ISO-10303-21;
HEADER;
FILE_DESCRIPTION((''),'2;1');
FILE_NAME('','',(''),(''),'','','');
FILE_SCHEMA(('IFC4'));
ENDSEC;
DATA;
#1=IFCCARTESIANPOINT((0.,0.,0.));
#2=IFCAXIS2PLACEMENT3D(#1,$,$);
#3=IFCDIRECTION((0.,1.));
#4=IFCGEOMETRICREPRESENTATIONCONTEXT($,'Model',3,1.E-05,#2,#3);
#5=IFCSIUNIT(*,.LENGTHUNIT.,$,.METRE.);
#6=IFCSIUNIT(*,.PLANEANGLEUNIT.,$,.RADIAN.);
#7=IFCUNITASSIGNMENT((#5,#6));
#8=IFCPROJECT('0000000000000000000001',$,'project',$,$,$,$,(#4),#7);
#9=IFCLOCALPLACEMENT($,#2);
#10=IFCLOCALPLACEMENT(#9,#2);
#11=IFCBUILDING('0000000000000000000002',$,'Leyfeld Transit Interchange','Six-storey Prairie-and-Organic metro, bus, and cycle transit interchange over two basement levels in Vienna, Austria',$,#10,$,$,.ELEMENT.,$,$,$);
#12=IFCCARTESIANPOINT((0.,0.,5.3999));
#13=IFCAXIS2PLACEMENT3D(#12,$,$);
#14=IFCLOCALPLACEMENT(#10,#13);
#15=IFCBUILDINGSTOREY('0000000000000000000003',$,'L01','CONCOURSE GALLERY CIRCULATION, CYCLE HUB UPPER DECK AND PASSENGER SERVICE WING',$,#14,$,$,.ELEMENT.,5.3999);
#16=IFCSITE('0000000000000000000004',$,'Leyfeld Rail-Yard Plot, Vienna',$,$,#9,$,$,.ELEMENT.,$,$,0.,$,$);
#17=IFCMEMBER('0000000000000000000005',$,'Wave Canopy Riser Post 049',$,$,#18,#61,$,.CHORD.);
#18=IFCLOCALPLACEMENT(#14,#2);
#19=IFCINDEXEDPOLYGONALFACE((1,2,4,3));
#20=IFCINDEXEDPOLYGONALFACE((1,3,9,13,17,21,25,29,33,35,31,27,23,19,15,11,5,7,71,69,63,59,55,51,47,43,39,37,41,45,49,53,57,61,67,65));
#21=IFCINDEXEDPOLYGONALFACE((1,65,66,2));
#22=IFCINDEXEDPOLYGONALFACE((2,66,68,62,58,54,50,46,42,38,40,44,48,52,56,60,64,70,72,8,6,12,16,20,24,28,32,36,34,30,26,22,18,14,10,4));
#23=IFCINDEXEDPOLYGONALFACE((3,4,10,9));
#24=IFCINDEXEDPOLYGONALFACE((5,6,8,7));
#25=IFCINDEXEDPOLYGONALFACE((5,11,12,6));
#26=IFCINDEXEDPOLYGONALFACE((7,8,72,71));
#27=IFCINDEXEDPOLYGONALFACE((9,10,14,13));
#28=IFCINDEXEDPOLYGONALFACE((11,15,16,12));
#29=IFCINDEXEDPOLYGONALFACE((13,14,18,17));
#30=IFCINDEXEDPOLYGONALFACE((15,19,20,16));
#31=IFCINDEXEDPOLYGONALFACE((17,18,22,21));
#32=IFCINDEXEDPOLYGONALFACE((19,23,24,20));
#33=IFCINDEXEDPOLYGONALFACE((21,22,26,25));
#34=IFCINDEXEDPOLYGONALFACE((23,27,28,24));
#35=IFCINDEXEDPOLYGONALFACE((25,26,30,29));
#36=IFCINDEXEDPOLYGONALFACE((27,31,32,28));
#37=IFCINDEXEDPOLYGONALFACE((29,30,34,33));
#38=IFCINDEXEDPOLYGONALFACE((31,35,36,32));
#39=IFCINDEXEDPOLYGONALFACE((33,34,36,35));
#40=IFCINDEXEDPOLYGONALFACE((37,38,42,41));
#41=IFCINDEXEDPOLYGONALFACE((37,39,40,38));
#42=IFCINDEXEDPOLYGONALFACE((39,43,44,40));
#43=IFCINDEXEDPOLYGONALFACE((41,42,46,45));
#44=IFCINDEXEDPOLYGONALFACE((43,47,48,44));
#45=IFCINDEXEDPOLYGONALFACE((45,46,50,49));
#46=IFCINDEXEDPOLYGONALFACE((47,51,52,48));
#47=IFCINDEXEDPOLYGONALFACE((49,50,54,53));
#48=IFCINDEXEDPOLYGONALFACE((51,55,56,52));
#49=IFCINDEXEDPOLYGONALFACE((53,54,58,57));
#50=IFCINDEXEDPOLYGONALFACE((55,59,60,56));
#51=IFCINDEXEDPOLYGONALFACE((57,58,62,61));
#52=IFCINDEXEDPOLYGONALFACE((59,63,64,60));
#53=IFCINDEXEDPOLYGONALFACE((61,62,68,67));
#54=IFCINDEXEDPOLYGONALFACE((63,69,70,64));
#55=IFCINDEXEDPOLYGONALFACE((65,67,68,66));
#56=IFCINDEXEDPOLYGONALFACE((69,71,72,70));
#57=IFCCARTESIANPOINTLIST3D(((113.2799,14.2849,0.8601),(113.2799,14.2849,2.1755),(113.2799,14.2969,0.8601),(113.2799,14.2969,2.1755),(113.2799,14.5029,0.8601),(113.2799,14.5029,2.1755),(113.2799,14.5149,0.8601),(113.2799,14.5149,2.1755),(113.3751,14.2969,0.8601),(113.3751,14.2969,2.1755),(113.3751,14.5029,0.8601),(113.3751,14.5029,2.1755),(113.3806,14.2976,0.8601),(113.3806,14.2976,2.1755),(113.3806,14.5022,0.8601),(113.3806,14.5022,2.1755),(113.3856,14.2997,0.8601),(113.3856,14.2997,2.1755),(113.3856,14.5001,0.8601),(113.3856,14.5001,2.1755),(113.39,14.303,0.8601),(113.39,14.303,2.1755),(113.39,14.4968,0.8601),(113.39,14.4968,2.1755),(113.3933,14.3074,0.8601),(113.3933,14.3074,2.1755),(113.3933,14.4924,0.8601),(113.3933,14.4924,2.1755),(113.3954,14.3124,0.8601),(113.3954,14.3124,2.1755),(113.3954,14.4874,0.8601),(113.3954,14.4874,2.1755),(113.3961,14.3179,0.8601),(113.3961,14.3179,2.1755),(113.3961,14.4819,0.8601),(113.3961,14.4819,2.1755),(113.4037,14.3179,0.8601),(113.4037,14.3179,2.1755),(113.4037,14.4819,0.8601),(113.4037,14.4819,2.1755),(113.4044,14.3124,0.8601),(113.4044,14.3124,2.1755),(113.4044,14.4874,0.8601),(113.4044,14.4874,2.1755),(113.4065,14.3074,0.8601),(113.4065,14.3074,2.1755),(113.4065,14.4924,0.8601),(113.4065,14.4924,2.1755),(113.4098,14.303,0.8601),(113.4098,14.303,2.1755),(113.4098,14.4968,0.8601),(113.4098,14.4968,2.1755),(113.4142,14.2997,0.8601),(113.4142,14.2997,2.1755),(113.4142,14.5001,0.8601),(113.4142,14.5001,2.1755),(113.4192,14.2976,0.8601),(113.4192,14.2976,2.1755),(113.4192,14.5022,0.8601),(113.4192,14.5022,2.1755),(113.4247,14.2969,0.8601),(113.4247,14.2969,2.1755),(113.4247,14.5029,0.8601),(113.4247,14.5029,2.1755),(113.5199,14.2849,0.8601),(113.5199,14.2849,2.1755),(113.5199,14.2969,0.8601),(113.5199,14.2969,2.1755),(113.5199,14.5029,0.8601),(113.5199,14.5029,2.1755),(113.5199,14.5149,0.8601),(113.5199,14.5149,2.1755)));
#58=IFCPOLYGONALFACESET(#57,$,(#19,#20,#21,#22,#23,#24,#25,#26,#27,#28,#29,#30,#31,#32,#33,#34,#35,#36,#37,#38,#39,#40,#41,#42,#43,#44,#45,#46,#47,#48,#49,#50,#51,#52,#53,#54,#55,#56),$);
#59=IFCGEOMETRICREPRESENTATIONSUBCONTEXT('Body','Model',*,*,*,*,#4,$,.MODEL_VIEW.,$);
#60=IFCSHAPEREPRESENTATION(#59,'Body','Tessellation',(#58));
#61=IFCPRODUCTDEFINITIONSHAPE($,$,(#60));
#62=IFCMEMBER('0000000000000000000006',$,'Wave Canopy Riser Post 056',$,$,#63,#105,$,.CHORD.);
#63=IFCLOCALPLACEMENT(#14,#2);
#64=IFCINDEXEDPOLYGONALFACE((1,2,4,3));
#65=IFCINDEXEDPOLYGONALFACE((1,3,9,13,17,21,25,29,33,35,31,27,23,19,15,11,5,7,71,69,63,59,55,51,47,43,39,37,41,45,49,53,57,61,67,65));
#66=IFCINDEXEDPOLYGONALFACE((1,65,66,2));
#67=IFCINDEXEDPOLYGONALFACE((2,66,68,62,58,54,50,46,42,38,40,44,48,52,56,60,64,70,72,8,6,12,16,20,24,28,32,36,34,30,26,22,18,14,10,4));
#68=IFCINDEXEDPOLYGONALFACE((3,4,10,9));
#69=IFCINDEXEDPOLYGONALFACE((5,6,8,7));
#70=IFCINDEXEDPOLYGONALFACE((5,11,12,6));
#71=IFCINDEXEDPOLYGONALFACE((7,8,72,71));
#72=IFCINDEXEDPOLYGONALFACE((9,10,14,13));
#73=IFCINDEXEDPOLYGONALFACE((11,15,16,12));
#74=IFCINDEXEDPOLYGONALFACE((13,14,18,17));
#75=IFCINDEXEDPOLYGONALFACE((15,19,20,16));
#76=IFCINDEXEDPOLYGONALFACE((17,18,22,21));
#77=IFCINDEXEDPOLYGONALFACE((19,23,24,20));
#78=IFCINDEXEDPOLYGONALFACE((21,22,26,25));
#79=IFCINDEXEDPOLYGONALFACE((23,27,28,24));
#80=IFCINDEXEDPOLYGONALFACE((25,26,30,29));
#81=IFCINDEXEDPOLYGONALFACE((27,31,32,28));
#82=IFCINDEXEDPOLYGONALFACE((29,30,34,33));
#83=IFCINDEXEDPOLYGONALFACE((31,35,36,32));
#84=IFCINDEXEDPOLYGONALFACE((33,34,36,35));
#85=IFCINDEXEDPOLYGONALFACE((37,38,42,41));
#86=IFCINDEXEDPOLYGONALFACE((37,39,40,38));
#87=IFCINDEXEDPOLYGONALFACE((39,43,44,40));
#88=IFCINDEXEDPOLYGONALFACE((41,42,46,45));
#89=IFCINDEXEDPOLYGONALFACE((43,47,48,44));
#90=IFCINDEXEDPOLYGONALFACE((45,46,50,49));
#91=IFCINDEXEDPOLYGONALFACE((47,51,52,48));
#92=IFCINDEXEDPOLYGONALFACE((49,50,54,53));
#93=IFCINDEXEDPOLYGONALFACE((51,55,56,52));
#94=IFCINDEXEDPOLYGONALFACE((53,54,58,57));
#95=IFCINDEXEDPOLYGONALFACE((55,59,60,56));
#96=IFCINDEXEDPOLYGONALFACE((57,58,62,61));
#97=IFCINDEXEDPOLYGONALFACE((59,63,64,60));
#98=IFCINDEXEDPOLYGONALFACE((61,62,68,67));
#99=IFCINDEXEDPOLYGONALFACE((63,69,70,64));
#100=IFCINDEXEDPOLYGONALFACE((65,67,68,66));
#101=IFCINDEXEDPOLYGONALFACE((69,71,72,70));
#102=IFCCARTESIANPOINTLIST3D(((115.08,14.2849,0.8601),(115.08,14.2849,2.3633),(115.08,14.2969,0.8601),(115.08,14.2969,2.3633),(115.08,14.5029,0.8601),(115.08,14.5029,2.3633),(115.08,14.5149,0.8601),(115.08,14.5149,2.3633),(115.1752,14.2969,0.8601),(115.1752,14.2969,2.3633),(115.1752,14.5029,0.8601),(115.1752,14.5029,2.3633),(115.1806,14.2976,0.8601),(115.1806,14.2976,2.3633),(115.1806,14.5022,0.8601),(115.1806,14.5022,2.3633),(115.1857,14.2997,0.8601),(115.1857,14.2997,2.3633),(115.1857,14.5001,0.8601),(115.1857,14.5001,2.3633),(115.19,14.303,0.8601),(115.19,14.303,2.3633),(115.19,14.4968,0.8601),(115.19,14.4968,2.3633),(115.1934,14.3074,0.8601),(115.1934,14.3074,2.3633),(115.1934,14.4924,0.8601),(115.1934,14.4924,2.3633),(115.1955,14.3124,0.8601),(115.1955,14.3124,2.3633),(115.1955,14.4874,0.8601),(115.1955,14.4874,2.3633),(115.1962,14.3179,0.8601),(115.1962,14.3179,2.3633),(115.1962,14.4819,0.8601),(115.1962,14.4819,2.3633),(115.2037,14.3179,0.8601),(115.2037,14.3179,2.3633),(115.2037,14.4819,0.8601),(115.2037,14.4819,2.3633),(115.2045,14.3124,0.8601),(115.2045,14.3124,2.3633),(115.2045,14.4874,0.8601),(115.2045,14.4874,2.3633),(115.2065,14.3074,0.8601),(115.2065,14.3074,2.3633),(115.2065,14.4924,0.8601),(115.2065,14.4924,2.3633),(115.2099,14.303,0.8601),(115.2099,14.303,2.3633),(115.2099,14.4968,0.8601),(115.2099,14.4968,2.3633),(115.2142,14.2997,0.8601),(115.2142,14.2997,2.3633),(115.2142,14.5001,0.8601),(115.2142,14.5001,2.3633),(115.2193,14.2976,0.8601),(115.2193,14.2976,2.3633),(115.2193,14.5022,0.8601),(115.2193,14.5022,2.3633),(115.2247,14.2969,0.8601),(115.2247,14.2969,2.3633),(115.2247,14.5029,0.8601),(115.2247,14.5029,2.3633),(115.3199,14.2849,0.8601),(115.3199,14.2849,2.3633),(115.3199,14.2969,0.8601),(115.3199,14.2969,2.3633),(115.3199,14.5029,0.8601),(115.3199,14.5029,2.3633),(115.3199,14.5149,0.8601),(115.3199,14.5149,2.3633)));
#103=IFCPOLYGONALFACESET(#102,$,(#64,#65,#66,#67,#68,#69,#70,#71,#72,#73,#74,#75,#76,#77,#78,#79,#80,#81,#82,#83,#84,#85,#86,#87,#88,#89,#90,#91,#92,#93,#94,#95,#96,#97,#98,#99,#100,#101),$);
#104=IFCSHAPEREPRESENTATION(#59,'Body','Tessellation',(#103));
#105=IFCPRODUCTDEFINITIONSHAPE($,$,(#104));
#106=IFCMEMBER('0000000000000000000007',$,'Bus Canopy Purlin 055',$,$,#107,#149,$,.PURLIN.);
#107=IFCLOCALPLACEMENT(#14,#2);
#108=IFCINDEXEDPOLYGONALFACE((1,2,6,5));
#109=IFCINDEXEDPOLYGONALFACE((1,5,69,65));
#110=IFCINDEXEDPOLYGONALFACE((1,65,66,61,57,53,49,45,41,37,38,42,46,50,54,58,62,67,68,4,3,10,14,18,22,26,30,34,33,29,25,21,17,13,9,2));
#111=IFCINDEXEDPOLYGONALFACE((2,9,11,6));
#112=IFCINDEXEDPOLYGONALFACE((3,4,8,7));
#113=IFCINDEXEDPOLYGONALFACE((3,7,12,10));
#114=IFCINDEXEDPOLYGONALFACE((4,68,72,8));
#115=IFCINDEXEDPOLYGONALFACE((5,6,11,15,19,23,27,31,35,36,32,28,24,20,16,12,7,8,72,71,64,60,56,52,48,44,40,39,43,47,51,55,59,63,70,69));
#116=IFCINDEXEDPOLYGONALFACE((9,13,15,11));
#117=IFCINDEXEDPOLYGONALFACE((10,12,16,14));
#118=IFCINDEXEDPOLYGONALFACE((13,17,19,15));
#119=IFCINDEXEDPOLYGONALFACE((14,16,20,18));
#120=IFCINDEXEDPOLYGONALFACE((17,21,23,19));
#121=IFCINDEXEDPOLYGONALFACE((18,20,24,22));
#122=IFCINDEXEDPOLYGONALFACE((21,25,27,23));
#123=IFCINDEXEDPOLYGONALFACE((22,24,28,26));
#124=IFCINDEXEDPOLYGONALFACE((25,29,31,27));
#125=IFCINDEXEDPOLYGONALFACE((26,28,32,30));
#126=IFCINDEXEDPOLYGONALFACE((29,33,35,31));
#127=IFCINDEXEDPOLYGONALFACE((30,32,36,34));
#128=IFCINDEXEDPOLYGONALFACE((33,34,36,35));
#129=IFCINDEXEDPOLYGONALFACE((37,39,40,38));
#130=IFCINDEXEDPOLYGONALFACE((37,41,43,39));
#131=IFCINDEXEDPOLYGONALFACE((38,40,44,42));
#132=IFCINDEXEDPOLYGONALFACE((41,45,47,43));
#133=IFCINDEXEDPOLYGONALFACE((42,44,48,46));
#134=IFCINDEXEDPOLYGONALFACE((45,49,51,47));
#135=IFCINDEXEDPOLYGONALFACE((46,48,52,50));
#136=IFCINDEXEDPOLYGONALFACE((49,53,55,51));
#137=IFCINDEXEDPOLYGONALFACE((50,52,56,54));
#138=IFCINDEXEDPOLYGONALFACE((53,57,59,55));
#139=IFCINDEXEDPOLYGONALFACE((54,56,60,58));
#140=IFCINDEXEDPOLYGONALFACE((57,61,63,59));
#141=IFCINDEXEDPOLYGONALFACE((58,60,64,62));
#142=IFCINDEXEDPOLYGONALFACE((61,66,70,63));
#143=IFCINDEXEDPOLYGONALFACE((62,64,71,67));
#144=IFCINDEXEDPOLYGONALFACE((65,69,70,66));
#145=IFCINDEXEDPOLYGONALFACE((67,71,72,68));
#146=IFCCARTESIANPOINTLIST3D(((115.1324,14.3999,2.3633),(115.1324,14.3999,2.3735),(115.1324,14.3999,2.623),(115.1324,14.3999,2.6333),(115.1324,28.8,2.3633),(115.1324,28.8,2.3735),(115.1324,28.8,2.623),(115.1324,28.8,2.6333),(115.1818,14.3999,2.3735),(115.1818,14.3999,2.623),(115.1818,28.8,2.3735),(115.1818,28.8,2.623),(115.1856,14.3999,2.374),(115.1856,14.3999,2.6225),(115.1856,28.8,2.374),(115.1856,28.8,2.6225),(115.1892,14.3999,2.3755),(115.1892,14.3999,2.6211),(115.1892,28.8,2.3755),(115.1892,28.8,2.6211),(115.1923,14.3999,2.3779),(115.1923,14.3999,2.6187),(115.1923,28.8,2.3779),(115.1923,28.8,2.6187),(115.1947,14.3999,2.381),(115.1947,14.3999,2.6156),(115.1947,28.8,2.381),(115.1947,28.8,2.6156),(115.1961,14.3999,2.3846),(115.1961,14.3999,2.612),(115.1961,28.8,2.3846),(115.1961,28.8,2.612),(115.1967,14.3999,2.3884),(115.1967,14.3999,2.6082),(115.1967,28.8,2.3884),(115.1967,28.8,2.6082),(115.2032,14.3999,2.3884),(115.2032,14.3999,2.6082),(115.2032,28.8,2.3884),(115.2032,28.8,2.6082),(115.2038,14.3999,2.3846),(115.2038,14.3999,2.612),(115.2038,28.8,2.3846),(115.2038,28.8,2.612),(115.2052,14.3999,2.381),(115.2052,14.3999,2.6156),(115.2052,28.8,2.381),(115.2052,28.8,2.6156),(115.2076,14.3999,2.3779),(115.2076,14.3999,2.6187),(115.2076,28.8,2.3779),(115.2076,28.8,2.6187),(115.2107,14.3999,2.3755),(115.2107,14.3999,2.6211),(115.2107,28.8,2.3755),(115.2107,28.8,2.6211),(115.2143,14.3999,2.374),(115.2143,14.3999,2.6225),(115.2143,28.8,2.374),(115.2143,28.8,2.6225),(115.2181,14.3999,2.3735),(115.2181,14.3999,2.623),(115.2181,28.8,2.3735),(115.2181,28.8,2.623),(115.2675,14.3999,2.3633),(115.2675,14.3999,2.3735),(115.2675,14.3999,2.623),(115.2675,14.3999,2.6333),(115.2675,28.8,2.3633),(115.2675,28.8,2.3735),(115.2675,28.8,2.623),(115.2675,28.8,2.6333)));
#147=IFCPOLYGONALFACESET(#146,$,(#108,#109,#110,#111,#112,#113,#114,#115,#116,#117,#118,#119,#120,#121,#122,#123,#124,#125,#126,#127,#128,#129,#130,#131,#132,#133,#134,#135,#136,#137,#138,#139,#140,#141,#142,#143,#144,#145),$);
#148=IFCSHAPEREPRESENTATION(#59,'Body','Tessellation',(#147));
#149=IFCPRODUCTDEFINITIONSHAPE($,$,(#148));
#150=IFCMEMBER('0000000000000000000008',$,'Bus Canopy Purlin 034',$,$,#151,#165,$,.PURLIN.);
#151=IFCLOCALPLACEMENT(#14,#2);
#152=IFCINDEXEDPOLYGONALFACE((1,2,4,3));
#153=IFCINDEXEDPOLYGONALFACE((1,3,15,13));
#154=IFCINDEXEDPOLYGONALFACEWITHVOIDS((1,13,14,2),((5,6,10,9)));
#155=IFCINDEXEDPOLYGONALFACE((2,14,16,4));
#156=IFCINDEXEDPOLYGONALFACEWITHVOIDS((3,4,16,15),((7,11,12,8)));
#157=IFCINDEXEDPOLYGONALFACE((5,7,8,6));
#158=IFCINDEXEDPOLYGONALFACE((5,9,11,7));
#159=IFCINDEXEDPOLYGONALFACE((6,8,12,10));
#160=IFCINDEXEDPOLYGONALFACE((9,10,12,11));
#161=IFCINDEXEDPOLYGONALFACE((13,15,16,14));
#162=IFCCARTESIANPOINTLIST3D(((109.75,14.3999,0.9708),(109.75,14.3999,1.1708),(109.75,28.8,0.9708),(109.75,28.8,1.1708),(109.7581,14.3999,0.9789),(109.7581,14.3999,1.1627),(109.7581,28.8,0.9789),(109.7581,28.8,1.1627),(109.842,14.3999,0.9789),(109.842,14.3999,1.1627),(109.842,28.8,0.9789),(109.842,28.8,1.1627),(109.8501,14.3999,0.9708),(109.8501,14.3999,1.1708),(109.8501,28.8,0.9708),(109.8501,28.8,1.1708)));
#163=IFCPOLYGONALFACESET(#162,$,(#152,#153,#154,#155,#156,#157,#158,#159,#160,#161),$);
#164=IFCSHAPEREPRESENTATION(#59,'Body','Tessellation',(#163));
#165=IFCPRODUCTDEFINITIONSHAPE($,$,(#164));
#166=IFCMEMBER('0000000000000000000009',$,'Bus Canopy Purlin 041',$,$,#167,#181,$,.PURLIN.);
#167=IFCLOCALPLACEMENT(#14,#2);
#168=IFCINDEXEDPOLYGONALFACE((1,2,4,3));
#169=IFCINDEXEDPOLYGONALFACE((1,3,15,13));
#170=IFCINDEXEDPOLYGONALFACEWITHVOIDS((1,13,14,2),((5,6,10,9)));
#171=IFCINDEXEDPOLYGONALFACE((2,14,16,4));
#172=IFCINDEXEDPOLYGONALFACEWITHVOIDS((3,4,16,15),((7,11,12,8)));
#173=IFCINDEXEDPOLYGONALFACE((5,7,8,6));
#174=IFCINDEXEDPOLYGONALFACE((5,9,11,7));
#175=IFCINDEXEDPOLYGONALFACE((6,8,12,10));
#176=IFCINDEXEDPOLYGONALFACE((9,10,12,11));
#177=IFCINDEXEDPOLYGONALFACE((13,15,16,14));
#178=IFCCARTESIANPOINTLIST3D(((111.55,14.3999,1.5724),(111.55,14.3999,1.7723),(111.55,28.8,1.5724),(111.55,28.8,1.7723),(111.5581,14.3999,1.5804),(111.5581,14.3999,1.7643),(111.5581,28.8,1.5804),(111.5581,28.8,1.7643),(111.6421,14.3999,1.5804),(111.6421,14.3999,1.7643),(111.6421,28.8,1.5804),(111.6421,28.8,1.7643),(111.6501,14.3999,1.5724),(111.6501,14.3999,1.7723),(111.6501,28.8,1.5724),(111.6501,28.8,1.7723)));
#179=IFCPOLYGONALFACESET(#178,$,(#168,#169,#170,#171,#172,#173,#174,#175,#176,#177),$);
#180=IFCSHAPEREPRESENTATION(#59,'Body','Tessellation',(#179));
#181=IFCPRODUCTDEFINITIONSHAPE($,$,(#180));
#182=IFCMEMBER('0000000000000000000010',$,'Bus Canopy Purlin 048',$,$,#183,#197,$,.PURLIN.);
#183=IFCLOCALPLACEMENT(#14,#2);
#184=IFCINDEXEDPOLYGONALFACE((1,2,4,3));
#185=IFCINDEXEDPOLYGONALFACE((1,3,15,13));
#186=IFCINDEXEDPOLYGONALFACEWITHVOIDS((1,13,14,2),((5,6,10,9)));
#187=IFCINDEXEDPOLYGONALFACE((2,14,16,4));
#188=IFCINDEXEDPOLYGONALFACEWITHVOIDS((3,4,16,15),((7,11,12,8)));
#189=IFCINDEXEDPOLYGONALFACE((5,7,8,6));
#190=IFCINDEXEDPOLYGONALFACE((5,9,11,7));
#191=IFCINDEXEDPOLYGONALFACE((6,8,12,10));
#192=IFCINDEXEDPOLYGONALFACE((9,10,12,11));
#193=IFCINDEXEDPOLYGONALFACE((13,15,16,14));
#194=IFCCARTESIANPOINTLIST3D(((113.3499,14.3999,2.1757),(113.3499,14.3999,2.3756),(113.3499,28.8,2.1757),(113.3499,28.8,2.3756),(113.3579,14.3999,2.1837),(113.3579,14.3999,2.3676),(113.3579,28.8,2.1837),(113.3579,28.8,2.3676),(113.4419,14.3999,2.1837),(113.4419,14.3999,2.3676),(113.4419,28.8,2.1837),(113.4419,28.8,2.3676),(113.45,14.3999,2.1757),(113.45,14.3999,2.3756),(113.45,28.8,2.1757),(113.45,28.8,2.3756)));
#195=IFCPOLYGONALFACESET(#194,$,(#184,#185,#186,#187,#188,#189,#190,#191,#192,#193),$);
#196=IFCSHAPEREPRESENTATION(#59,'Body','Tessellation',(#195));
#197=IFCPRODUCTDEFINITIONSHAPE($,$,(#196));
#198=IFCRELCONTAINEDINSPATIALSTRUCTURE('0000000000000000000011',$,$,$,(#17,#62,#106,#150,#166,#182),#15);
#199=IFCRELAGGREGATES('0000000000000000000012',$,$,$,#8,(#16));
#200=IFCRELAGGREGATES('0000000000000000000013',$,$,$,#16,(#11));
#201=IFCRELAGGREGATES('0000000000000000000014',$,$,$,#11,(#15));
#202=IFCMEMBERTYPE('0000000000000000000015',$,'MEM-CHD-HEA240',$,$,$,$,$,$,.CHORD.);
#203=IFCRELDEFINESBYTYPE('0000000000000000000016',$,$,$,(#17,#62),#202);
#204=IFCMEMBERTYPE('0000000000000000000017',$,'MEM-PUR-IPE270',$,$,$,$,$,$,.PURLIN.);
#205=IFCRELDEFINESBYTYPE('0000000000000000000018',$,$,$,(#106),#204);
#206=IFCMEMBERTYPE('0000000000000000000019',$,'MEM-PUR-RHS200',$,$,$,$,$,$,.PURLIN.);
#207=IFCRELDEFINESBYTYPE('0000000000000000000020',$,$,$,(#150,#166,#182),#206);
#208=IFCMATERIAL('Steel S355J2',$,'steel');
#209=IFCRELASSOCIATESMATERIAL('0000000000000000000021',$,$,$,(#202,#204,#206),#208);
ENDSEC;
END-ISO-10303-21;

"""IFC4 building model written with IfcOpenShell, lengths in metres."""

from ifc_helpers import new_model, si_unit, direction, frame, origin, origin_2d, place, context, subcontext, project, spatial, hollow_rectangle, i_section, extrude, material, material_profile, profile_set, type_object, element, save


model = new_model("IFC4")

# Units and contexts
model_context = context("Model", 3, precision=1e-05, world=origin(), true_north=direction((0.0, 1.0)))
body_context = subcontext(model_context, "Body", "Model", "MODEL_VIEW")
ifc_project = project(units=[si_unit("LENGTHUNIT", "METRE"), si_unit("PLANEANGLEUNIT", "RADIAN")], contexts=[model_context])

# Site, building, storey
site_placement = place(None, origin())
site = spatial("IfcSite", under=ifc_project, at=site_placement, Name="Leyfeld Rail-Yard Plot, Vienna", CompositionType="ELEMENT", RefElevation=0.0)
building_placement = place(site_placement, origin())
building = spatial("IfcBuilding", under=site, at=building_placement, Name="Leyfeld Transit Interchange", Description="Six-storey Prairie-and-Organic metro, bus, and cycle transit interchange over two basement levels in Vienna, Austria", CompositionType="ELEMENT")
storey_placement = place(building_placement, frame((0.0, 0.0, 5.3999)))
storey = spatial("IfcBuildingStorey", under=building, at=storey_placement, Name="L01", Description="CONCOURSE GALLERY CIRCULATION, CYCLE HUB UPPER DECK AND PASSENGER SERVICE WING", CompositionType="ELEMENT", Elevation=5.3999)

# Shared definitions
ifc_material_1 = material(Name="Steel S355J2", Category="steel")

# Members
ifc_material_profile_1 = material_profile(ifc_material_1, i_section(OverallWidth=0.24, OverallDepth=0.23, WebThickness=0.0076, FlangeThickness=0.012, FilletRadius=0.021, at=origin_2d()), Name="HEA 240")
ifc_profile_set_1 = profile_set([ifc_material_profile_1], Name="Steel S355J2")
member_type_1 = type_object("IfcMemberType", Name="MEM-CHD-HEA240", PredefinedType="CHORD", material=ifc_profile_set_1)
member_1_placement = place(storey_placement, frame((113.3999, 14.3999, 0.8601), z_axis=(0.0, 0.0, 1.0), x_axis=(1.0, 0.0, 0.0)))
element("IfcMember", 1, at=member_1_placement, inside=storey, type_object=member_type_1, Name="Wave Canopy Riser Post 049", PredefinedType="CHORD", context=body_context, shape_type="SweptSolid", body=[
    extrude(i_section(OverallWidth=0.24, OverallDepth=0.23, WebThickness=0.0076, FlangeThickness=0.012, FilletRadius=0.021, at=origin_2d()), origin(), (0.0, 0.0, 1.0), 1.3154),
])
member_2_placement = place(storey_placement, frame((115.2, 14.3999, 0.8601), z_axis=(0.0, 0.0, 1.0), x_axis=(1.0, 0.0, 0.0)))
element("IfcMember", 2, at=member_2_placement, inside=storey, type_object=member_type_1, Name="Wave Canopy Riser Post 056", PredefinedType="CHORD", context=body_context, shape_type="SweptSolid", body=[
    extrude(i_section(OverallWidth=0.24, OverallDepth=0.23, WebThickness=0.0076, FlangeThickness=0.012, FilletRadius=0.021, at=origin_2d()), origin(), (0.0, 0.0, 1.0), 1.5032),
])
ifc_material_profile_2 = material_profile(ifc_material_1, i_section(OverallWidth=0.135, OverallDepth=0.27, WebThickness=0.0066, FlangeThickness=0.0103, FilletRadius=0.0149, at=origin_2d()), Name="IPE 270")
ifc_profile_set_2 = profile_set([ifc_material_profile_2], Name="Steel S355J2")
member_type_2 = type_object("IfcMemberType", Name="MEM-PUR-IPE270", PredefinedType="PURLIN", material=ifc_profile_set_2)
member_3_placement = place(storey_placement, frame((115.2, 14.3999, 2.4983), z_axis=(0.0, 1.0, 0.0), x_axis=(-1.0, 0.0, 0.0)))
element("IfcMember", 3, at=member_3_placement, inside=storey, type_object=member_type_2, Name="Bus Canopy Purlin 055", PredefinedType="PURLIN", context=body_context, shape_type="SweptSolid", body=[
    extrude(i_section(OverallWidth=0.135, OverallDepth=0.27, WebThickness=0.0066, FlangeThickness=0.0103, FilletRadius=0.0149, at=origin_2d()), origin(), (0.0, 0.0, 1.0), 14.4001),
])
ifc_material_profile_3 = material_profile(ifc_material_1, hollow_rectangle(XDim=0.1001, YDim=0.2, WallThickness=0.0081, at=origin_2d()), Name="RHS 200x100x8")
ifc_profile_set_3 = profile_set([ifc_material_profile_3], Name="Steel S355J2")
member_type_3 = type_object("IfcMemberType", Name="MEM-PUR-RHS200", PredefinedType="PURLIN", material=ifc_profile_set_3)
for number, where, z_axis, x_axis, name in (
    (4, (109.8, 14.3999, 1.0708), (0.0, 1.0, 0.0), (-1.0, 0.0, 0.0), "Bus Canopy Purlin 034"),
    (5, (111.6001, 14.3999, 1.6724), (0.0, 1.0, 0.0), (-1.0, 0.0, 0.0), "Bus Canopy Purlin 041"),
    (6, (113.3999, 14.3999, 2.2756), (0.0, 1.0, 0.0), (-1.0, 0.0, 0.0), "Bus Canopy Purlin 048"),
):
    element("IfcMember", number, at=place(storey_placement, frame(where, z_axis=z_axis, x_axis=x_axis)), inside=storey, type_object=member_type_3, Name=name, PredefinedType="PURLIN", context=body_context, shape_type="SweptSolid", body=[
        extrude(hollow_rectangle(XDim=0.1001, YDim=0.2, WallThickness=0.0081, at=origin_2d()), origin(), (0.0, 0.0, 1.0), 14.4001),
    ])

save(model, "model.ifc")
